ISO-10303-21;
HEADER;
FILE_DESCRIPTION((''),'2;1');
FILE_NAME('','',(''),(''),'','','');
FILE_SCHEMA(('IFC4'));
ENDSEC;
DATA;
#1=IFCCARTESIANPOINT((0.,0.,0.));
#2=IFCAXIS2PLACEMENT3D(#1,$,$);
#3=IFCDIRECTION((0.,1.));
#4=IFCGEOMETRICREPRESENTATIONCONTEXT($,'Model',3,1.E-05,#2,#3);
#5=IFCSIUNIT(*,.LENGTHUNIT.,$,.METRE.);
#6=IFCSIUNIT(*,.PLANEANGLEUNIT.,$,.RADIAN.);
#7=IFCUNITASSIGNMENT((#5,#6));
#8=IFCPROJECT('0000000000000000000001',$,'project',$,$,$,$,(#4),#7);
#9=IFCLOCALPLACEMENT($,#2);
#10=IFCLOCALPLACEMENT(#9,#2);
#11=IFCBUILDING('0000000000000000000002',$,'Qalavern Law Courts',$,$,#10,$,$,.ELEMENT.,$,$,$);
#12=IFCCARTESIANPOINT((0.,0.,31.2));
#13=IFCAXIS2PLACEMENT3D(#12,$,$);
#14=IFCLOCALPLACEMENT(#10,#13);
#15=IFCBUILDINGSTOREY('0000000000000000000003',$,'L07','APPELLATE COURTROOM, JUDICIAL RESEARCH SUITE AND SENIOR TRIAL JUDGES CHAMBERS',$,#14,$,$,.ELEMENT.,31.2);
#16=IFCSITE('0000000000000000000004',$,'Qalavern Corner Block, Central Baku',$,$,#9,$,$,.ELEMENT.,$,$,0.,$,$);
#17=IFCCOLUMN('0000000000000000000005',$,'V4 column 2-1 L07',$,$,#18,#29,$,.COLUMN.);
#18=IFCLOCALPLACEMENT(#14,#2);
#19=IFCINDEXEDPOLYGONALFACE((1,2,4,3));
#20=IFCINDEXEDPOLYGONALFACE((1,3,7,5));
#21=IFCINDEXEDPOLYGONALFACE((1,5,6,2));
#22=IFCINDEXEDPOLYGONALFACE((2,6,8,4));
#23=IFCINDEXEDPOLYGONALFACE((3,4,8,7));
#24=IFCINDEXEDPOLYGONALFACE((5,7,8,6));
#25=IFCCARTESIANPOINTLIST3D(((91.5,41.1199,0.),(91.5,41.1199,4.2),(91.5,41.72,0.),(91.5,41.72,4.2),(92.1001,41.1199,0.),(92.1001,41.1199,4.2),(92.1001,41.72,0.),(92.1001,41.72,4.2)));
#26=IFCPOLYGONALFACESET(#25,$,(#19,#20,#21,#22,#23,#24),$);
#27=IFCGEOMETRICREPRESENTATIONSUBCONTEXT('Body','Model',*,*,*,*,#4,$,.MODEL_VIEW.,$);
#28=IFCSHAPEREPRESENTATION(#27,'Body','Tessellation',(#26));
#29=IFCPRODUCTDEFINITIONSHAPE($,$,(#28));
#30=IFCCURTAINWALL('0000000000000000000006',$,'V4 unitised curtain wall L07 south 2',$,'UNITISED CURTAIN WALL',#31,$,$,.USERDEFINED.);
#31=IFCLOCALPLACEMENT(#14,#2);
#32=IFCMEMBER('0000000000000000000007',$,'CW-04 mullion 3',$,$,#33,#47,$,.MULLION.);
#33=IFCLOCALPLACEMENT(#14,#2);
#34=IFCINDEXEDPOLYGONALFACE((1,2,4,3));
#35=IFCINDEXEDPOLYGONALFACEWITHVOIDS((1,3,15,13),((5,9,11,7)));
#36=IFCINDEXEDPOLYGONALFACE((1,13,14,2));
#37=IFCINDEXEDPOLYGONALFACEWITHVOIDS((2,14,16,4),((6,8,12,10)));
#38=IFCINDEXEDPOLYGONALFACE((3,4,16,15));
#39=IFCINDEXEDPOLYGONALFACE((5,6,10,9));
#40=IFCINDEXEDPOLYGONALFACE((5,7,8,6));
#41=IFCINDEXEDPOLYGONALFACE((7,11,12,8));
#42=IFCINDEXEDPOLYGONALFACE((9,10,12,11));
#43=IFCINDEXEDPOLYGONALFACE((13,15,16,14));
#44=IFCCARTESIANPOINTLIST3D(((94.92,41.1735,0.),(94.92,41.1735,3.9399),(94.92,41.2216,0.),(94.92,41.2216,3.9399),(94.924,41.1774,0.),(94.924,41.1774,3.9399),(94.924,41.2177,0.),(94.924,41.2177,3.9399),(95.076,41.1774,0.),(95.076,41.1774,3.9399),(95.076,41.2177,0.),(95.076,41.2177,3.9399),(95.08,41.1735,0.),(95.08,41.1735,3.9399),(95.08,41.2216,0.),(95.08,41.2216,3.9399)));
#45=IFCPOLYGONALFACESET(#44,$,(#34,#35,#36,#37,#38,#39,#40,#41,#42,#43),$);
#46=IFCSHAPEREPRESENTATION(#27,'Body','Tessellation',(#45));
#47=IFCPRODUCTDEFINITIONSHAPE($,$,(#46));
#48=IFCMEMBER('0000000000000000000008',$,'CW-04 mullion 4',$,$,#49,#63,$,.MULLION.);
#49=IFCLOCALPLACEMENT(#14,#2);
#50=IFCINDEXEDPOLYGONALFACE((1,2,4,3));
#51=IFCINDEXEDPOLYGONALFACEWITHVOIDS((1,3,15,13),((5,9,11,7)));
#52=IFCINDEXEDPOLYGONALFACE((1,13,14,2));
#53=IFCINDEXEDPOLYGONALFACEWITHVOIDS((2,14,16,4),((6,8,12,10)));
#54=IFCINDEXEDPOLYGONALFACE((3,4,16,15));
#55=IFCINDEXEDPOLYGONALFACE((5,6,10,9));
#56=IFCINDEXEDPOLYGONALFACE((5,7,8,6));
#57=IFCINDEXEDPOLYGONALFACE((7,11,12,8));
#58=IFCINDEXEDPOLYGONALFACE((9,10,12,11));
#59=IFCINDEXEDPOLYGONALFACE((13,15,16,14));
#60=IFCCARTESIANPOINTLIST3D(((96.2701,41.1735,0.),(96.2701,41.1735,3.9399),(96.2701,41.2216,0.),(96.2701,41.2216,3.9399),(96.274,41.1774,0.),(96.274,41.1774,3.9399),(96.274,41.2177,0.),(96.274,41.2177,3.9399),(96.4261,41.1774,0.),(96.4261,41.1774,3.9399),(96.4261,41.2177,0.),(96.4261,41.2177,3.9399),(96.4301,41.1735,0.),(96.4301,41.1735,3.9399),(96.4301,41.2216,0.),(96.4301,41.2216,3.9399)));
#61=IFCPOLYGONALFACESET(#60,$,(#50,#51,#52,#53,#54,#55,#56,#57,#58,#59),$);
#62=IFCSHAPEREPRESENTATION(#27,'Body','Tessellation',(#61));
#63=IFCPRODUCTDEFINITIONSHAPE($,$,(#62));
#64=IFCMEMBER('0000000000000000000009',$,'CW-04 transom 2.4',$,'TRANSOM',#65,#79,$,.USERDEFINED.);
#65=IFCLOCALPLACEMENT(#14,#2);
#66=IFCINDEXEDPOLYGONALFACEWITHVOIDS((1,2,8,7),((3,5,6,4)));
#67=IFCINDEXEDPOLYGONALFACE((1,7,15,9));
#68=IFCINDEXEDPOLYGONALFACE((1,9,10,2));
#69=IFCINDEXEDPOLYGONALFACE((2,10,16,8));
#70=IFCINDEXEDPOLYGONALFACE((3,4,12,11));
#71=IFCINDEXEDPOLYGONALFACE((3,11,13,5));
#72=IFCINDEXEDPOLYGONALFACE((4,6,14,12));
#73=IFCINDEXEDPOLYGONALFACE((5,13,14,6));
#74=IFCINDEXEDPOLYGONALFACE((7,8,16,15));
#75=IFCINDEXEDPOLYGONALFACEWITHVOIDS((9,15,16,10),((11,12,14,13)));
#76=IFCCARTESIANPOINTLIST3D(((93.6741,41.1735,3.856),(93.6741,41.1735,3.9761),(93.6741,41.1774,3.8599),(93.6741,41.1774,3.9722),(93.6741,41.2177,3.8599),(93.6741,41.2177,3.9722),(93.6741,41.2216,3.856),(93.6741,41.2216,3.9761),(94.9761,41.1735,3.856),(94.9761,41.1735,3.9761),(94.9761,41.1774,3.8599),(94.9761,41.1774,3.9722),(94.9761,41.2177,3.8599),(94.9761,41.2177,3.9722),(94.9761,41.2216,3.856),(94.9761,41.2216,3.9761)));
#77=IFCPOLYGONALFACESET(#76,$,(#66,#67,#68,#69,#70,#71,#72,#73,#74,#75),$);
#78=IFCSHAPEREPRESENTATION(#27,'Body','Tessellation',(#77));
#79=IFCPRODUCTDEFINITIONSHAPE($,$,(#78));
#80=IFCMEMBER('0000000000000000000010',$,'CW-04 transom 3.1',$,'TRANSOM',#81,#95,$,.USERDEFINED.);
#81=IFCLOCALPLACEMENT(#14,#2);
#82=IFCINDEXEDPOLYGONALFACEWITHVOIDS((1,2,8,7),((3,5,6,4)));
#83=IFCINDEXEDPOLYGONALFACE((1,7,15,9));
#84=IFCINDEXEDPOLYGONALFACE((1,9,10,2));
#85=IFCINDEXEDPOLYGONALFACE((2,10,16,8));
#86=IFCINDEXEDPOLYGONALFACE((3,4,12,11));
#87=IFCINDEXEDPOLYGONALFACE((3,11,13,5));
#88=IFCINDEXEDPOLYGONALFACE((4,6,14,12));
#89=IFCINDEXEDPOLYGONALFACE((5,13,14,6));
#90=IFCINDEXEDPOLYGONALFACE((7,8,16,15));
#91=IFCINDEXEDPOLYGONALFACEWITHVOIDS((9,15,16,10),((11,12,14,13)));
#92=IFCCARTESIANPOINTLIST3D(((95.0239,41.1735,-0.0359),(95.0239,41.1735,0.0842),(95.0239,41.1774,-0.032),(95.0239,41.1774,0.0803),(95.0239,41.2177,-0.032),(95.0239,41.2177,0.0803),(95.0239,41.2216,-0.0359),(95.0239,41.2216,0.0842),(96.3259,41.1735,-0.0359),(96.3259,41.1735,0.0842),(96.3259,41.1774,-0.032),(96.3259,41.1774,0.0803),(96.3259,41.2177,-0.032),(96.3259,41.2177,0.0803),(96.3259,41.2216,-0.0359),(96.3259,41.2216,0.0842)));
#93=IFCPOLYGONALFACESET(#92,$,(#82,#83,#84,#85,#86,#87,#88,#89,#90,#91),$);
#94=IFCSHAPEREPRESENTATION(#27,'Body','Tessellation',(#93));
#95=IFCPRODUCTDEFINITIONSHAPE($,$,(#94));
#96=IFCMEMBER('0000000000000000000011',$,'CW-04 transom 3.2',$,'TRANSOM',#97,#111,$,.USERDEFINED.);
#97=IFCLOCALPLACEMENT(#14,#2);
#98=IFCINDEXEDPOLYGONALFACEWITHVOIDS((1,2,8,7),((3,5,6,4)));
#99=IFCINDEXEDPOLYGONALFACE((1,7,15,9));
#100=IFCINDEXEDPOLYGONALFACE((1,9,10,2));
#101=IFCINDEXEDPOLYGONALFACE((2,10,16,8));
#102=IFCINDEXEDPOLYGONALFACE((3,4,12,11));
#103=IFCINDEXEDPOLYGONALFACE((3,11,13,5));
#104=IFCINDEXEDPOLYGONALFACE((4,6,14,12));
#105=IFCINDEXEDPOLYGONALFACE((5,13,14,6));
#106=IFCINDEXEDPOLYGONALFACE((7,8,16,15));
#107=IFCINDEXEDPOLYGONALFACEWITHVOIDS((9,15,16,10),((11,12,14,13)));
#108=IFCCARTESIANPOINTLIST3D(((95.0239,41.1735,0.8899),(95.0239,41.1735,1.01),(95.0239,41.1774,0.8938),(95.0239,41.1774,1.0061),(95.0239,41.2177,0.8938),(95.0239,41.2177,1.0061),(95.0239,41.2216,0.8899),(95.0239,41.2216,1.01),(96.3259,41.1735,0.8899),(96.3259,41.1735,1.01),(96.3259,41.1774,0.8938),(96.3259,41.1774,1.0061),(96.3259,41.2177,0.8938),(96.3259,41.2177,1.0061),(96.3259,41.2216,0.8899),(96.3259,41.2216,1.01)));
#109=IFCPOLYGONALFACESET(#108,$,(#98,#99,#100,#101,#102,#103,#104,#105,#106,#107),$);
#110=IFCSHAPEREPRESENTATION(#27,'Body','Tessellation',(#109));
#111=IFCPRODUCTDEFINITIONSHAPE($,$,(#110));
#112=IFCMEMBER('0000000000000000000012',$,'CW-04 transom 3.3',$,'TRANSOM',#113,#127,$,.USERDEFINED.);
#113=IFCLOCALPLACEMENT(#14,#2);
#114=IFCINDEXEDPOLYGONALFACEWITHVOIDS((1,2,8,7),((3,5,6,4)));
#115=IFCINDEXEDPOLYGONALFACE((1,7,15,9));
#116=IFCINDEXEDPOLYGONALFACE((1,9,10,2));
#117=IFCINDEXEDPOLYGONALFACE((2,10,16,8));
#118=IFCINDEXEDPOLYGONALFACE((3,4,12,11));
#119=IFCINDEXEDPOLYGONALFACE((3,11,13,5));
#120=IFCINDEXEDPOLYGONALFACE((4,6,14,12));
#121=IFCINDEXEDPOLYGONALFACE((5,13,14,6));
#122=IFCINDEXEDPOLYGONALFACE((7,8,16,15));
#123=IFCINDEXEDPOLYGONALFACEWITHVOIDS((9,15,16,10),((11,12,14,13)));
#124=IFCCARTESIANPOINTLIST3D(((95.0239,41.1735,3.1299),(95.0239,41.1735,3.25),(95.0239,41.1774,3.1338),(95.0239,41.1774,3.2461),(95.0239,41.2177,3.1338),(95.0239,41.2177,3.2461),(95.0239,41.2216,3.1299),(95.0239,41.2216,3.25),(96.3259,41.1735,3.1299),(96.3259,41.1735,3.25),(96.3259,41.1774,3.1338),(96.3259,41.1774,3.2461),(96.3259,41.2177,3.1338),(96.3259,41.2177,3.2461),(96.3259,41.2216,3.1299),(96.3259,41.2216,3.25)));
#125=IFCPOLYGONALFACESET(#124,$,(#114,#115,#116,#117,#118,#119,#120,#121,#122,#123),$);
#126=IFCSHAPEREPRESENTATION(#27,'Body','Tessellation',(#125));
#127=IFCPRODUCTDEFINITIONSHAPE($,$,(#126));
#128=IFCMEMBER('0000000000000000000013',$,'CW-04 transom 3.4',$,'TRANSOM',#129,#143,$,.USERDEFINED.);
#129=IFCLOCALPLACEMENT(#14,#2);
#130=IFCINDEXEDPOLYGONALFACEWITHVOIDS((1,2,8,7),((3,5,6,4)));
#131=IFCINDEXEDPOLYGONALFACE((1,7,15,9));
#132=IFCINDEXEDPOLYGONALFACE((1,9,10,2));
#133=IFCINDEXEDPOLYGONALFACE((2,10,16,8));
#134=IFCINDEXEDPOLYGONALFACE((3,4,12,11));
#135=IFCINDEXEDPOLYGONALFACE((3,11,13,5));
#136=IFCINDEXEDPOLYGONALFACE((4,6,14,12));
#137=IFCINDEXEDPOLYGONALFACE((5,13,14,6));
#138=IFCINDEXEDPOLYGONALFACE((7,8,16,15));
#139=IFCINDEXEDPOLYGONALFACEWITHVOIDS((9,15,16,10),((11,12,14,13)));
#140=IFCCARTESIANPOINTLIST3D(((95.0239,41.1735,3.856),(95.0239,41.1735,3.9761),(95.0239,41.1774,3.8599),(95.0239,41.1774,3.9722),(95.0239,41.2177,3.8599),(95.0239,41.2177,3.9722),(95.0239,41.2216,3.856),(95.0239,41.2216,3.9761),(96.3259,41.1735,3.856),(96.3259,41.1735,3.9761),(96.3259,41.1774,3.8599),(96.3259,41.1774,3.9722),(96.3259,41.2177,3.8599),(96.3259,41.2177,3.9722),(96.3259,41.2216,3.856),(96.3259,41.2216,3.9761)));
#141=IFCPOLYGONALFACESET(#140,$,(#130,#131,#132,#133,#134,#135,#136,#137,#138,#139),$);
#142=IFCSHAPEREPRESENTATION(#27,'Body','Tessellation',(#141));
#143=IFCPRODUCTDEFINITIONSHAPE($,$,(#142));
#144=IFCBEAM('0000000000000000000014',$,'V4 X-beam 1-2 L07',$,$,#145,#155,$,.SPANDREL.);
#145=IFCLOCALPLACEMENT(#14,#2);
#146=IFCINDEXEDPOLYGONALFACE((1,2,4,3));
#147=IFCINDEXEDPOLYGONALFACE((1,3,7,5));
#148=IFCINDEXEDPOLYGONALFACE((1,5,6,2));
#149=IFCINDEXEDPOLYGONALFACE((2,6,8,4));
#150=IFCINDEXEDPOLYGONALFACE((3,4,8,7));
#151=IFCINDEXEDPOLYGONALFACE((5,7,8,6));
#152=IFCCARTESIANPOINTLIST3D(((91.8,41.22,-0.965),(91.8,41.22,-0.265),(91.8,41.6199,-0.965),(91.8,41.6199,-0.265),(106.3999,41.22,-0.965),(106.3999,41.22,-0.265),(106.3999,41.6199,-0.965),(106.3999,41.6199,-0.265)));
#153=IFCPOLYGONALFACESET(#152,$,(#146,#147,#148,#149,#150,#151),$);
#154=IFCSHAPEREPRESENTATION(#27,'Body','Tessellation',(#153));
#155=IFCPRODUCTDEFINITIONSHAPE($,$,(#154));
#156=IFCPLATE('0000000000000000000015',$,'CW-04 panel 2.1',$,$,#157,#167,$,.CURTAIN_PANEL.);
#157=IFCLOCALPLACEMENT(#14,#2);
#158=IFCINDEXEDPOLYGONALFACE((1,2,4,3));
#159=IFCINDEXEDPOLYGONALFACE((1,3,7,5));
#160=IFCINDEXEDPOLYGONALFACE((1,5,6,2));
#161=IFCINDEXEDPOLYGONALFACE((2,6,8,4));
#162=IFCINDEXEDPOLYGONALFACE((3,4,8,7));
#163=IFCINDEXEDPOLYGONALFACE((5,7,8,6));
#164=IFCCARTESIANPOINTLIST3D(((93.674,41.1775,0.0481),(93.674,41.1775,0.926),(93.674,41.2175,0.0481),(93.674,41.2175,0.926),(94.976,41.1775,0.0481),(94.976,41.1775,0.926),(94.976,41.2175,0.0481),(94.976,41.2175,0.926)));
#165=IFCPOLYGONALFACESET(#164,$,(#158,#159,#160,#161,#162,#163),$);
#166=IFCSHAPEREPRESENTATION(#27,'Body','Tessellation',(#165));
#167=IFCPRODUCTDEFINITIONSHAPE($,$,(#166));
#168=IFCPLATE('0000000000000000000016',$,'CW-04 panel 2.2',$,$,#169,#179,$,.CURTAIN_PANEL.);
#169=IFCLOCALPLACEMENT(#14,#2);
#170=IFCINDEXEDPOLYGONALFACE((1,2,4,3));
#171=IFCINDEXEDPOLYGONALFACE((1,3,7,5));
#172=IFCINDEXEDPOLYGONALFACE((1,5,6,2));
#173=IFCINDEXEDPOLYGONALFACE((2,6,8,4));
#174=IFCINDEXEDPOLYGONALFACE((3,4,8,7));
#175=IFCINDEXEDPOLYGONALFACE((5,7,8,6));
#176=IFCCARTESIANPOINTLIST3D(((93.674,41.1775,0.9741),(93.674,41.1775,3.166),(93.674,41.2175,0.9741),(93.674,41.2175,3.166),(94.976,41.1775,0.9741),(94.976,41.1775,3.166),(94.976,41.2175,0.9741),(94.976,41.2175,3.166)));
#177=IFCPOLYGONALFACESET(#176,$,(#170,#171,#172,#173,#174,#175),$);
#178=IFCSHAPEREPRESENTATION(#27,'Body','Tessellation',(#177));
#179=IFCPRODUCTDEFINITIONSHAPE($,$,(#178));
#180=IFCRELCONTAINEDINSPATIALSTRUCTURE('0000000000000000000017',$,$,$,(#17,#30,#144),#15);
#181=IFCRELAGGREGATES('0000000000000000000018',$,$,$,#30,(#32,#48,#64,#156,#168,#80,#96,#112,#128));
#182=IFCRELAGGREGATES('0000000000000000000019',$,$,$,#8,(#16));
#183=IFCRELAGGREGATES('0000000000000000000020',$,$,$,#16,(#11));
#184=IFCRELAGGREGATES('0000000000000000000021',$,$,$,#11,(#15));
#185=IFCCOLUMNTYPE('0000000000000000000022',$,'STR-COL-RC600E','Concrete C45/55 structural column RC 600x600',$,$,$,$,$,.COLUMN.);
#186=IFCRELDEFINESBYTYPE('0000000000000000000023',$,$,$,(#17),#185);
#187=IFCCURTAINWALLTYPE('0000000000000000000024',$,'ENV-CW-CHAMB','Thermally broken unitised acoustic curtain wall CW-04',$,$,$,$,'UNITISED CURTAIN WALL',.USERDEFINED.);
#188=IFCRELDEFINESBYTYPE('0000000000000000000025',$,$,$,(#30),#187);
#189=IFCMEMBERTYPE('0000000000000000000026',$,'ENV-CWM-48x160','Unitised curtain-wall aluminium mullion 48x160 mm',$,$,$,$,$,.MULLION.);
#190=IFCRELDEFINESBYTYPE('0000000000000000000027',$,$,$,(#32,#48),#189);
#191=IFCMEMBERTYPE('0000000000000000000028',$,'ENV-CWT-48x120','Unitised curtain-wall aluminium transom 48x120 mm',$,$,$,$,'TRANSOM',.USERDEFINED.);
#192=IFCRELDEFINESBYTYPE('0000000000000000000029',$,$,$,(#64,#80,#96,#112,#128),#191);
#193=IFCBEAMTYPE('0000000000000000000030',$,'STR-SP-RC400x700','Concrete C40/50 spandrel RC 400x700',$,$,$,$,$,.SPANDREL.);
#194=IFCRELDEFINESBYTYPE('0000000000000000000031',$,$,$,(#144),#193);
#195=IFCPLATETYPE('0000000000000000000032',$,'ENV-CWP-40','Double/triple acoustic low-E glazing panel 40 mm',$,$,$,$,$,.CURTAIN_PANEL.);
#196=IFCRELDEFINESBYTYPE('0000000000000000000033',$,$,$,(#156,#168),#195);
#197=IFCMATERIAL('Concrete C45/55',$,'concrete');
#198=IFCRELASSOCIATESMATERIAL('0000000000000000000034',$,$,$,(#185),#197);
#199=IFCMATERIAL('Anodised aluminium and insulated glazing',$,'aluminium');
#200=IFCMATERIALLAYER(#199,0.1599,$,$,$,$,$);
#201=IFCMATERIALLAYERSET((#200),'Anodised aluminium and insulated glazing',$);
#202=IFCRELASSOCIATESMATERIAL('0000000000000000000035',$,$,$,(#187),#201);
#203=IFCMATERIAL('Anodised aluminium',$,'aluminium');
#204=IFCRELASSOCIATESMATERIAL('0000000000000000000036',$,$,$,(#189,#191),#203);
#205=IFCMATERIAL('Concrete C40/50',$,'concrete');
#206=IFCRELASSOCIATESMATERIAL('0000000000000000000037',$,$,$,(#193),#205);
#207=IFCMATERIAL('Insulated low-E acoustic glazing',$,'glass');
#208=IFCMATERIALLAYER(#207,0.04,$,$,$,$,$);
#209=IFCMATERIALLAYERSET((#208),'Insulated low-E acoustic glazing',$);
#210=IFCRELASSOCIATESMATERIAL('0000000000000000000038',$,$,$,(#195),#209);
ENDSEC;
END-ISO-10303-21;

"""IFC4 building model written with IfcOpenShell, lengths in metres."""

from ifc_helpers import new_model, si_unit, direction, frame, origin, origin_2d, place, context, subcontext, project, spatial, rectangle, hollow_rectangle, extrude, material, layer, layer_set, material_profile, profile_set, type_object, element, aggregate, save


model = new_model("IFC4")

# Units and contexts
model_context = context("Model", 3, precision=1e-05, world=origin(), true_north=direction((0.0, 1.0)))
body_context = subcontext(model_context, "Body", "Model", "MODEL_VIEW")
ifc_project = project(units=[si_unit("LENGTHUNIT", "METRE"), si_unit("PLANEANGLEUNIT", "RADIAN")], contexts=[model_context])

# Site, building, storey
site_placement = place(None, origin())
site = spatial("IfcSite", under=ifc_project, at=site_placement, Name="Qalavern Corner Block, Central Baku", CompositionType="ELEMENT", RefElevation=0.0)
building_placement = place(site_placement, origin())
building = spatial("IfcBuilding", under=site, at=building_placement, Name="Qalavern Law Courts", CompositionType="ELEMENT")
storey_placement = place(building_placement, frame((0.0, 0.0, 31.2)))
storey = spatial("IfcBuildingStorey", under=building, at=storey_placement, Name="L07", Description="APPELLATE COURTROOM, JUDICIAL RESEARCH SUITE AND SENIOR TRIAL JUDGES CHAMBERS", CompositionType="ELEMENT", Elevation=31.2)

# Column
ifc_material_1 = material(Name="Concrete C45/55", Category="concrete")
ifc_material_profile_1 = material_profile(ifc_material_1, rectangle(XDim=0.6001, YDim=0.6001, at=origin_2d()), Name="RC 600x600")
ifc_profile_set_1 = profile_set([ifc_material_profile_1], Name="Concrete C45/55")
column_type = type_object("IfcColumnType", Name="STR-COL-RC600E", Description="Concrete C45/55 structural column RC 600x600", PredefinedType="COLUMN", material=ifc_profile_set_1)
column_placement = place(storey_placement, frame((91.8, 41.4199, 0.0), z_axis=(0.0, 0.0, 1.0), x_axis=(1.0, 0.0, 0.0)))
element("IfcColumn", 1, at=column_placement, inside=storey, type_object=column_type, Name="V4 column 2-1 L07", PredefinedType="COLUMN", context=body_context, shape_type="SweptSolid", body=[
    extrude(rectangle(XDim=0.6001, YDim=0.6001, at=origin_2d()), origin(), (0.0, 0.0, 1.0), 4.2),
])

# Curtain wall, members
ifc_material_2 = material(Name="Anodised aluminium and insulated glazing", Category="aluminium")
ifc_layer_1 = layer(ifc_material_2, 0.1599)
ifc_layer_set_1 = layer_set([ifc_layer_1], Name="Anodised aluminium and insulated glazing")
curtain_wall_type = type_object("IfcCurtainWallType", Name="ENV-CW-CHAMB", Description="Thermally broken unitised acoustic curtain wall CW-04", ElementType="UNITISED CURTAIN WALL", PredefinedType="USERDEFINED", material=ifc_layer_set_1)
curtain_wall_placement = place(storey_placement, origin())
curtain_wall = element("IfcCurtainWall", 2, at=curtain_wall_placement, inside=storey, type_object=curtain_wall_type, Name="V4 unitised curtain wall L07 south 2", ObjectType="UNITISED CURTAIN WALL", PredefinedType="USERDEFINED")
ifc_material_3 = material(Name="Anodised aluminium", Category="aluminium")
ifc_material_profile_2 = material_profile(ifc_material_3, hollow_rectangle(XDim=0.0481, YDim=0.1599, WallThickness=0.0039, at=origin_2d()), Name="ALU MULLION 48x160")
ifc_profile_set_2 = profile_set([ifc_material_profile_2], Name="Anodised aluminium")
member_type_1 = type_object("IfcMemberType", Name="ENV-CWM-48x160", Description="Unitised curtain-wall aluminium mullion 48x160 mm", PredefinedType="MULLION", material=ifc_profile_set_2)
member_1_placement = place(storey_placement, frame((95.0, 41.1975, 0.0), z_axis=(0.0, 0.0, 1.0), x_axis=(0.0, 1.0, 0.0)))
member_1 = element("IfcMember", 3, at=member_1_placement, type_object=member_type_1, Name="CW-04 mullion 3", PredefinedType="MULLION", context=body_context, shape_type="SweptSolid", body=[
    extrude(hollow_rectangle(XDim=0.0481, YDim=0.1599, WallThickness=0.0039, at=origin_2d()), origin(), (0.0, 0.0, 1.0), 3.9399),
])
member_2_placement = place(storey_placement, frame((96.3501, 41.1975, 0.0), z_axis=(0.0, 0.0, 1.0), x_axis=(0.0, 1.0, 0.0)))
member_2 = element("IfcMember", 4, at=member_2_placement, type_object=member_type_1, Name="CW-04 mullion 4", PredefinedType="MULLION", context=body_context, shape_type="SweptSolid", body=[
    extrude(hollow_rectangle(XDim=0.0481, YDim=0.1599, WallThickness=0.0039, at=origin_2d()), origin(), (0.0, 0.0, 1.0), 3.9399),
])
ifc_material_profile_3 = material_profile(ifc_material_3, hollow_rectangle(XDim=0.0481, YDim=0.1201, WallThickness=0.0039, at=origin_2d()), Name="ALU TRANSOM 48x120")
ifc_profile_set_3 = profile_set([ifc_material_profile_3], Name="Anodised aluminium")
member_type_2 = type_object("IfcMemberType", Name="ENV-CWT-48x120", Description="Unitised curtain-wall aluminium transom 48x120 mm", ElementType="TRANSOM", PredefinedType="USERDEFINED", material=ifc_profile_set_3)
member_3_placement = place(storey_placement, frame((93.6741, 41.1975, 3.916), z_axis=(1.0, 0.0, 0.0), x_axis=(0.0, 1.0, 0.0)))
member_3 = element("IfcMember", 5, at=member_3_placement, type_object=member_type_2, Name="CW-04 transom 2.4", ObjectType="TRANSOM", PredefinedType="USERDEFINED", context=body_context, shape_type="SweptSolid", body=[
    extrude(hollow_rectangle(XDim=0.0481, YDim=0.1201, WallThickness=0.0039, at=origin_2d()), origin(), (0.0, 0.0, 1.0), 1.302),
])
member_4_placement = place(storey_placement, frame((95.0239, 41.1975, 0.0242), z_axis=(1.0, 0.0, 0.0), x_axis=(0.0, 1.0, 0.0)))
member_4 = element("IfcMember", 6, at=member_4_placement, type_object=member_type_2, Name="CW-04 transom 3.1", ObjectType="TRANSOM", PredefinedType="USERDEFINED", context=body_context, shape_type="SweptSolid", body=[
    extrude(hollow_rectangle(XDim=0.0481, YDim=0.1201, WallThickness=0.0039, at=origin_2d()), origin(), (0.0, 0.0, 1.0), 1.302),
])
member_5_placement = place(storey_placement, frame((95.0239, 41.1975, 0.95), z_axis=(1.0, 0.0, 0.0), x_axis=(0.0, 1.0, 0.0)))
member_5 = element("IfcMember", 7, at=member_5_placement, type_object=member_type_2, Name="CW-04 transom 3.2", ObjectType="TRANSOM", PredefinedType="USERDEFINED", context=body_context, shape_type="SweptSolid", body=[
    extrude(hollow_rectangle(XDim=0.0481, YDim=0.1201, WallThickness=0.0039, at=origin_2d()), origin(), (0.0, 0.0, 1.0), 1.302),
])
member_6_placement = place(storey_placement, frame((95.0239, 41.1975, 3.1899), z_axis=(1.0, 0.0, 0.0), x_axis=(0.0, 1.0, 0.0)))
member_6 = element("IfcMember", 8, at=member_6_placement, type_object=member_type_2, Name="CW-04 transom 3.3", ObjectType="TRANSOM", PredefinedType="USERDEFINED", context=body_context, shape_type="SweptSolid", body=[
    extrude(hollow_rectangle(XDim=0.0481, YDim=0.1201, WallThickness=0.0039, at=origin_2d()), origin(), (0.0, 0.0, 1.0), 1.302),
])
member_7_placement = place(storey_placement, frame((95.0239, 41.1975, 3.916), z_axis=(1.0, 0.0, 0.0), x_axis=(0.0, 1.0, 0.0)))
member_7 = element("IfcMember", 9, at=member_7_placement, type_object=member_type_2, Name="CW-04 transom 3.4", ObjectType="TRANSOM", PredefinedType="USERDEFINED", context=body_context, shape_type="SweptSolid", body=[
    extrude(hollow_rectangle(XDim=0.0481, YDim=0.1201, WallThickness=0.0039, at=origin_2d()), origin(), (0.0, 0.0, 1.0), 1.302),
])

# Beam
ifc_material_4 = material(Name="Concrete C40/50", Category="concrete")
ifc_material_profile_4 = material_profile(ifc_material_4, rectangle(XDim=0.3999, YDim=0.7, at=origin_2d()), Name="RC 400x700")
ifc_profile_set_4 = profile_set([ifc_material_profile_4], Name="Concrete C40/50")
beam_type = type_object("IfcBeamType", Name="STR-SP-RC400x700", Description="Concrete C40/50 spandrel RC 400x700", PredefinedType="SPANDREL", material=ifc_profile_set_4)
beam_placement = place(storey_placement, frame((91.8, 41.4199, -0.615), z_axis=(1.0, 0.0, 0.0), x_axis=(0.0, 1.0, 0.0)))
element("IfcBeam", 10, at=beam_placement, inside=storey, type_object=beam_type, Name="V4 X-beam 1-2 L07", PredefinedType="SPANDREL", context=body_context, shape_type="SweptSolid", body=[
    extrude(rectangle(XDim=0.3999, YDim=0.7, at=origin_2d()), origin(), (0.0, 0.0, 1.0), 14.5999),
])

# Plates
ifc_material_5 = material(Name="Insulated low-E acoustic glazing", Category="glass")
ifc_layer_2 = layer(ifc_material_5, 0.04)
ifc_layer_set_2 = layer_set([ifc_layer_2], Name="Insulated low-E acoustic glazing")
plate_type = type_object("IfcPlateType", Name="ENV-CWP-40", Description="Double/triple acoustic low-E glazing panel 40 mm", PredefinedType="CURTAIN_PANEL", material=ifc_layer_set_2)
plate_1_placement = place(storey_placement, frame((94.325, 41.1975, 0.0481), z_axis=(0.0, 0.0, 1.0), x_axis=(1.0, 0.0, 0.0)))
plate_1 = element("IfcPlate", 11, at=plate_1_placement, type_object=plate_type, Name="CW-04 panel 2.1", PredefinedType="CURTAIN_PANEL", context=body_context, shape_type="SweptSolid", body=[
    extrude(rectangle(XDim=1.302, YDim=0.04, at=origin_2d()), origin(), (0.0, 0.0, 1.0), 0.8779),
])
plate_2_placement = place(storey_placement, frame((94.325, 41.1975, 0.9741), z_axis=(0.0, 0.0, 1.0), x_axis=(1.0, 0.0, 0.0)))
plate_2 = element("IfcPlate", 12, at=plate_2_placement, type_object=plate_type, Name="CW-04 panel 2.2", PredefinedType="CURTAIN_PANEL", context=body_context, shape_type="SweptSolid", body=[
    extrude(rectangle(XDim=1.302, YDim=0.04, at=origin_2d()), origin(), (0.0, 0.0, 1.0), 2.1919),
])
aggregate(curtain_wall, [member_1, member_2, member_3, plate_1, plate_2, member_4, member_5, member_6, member_7])

save(model, "model.ifc")
